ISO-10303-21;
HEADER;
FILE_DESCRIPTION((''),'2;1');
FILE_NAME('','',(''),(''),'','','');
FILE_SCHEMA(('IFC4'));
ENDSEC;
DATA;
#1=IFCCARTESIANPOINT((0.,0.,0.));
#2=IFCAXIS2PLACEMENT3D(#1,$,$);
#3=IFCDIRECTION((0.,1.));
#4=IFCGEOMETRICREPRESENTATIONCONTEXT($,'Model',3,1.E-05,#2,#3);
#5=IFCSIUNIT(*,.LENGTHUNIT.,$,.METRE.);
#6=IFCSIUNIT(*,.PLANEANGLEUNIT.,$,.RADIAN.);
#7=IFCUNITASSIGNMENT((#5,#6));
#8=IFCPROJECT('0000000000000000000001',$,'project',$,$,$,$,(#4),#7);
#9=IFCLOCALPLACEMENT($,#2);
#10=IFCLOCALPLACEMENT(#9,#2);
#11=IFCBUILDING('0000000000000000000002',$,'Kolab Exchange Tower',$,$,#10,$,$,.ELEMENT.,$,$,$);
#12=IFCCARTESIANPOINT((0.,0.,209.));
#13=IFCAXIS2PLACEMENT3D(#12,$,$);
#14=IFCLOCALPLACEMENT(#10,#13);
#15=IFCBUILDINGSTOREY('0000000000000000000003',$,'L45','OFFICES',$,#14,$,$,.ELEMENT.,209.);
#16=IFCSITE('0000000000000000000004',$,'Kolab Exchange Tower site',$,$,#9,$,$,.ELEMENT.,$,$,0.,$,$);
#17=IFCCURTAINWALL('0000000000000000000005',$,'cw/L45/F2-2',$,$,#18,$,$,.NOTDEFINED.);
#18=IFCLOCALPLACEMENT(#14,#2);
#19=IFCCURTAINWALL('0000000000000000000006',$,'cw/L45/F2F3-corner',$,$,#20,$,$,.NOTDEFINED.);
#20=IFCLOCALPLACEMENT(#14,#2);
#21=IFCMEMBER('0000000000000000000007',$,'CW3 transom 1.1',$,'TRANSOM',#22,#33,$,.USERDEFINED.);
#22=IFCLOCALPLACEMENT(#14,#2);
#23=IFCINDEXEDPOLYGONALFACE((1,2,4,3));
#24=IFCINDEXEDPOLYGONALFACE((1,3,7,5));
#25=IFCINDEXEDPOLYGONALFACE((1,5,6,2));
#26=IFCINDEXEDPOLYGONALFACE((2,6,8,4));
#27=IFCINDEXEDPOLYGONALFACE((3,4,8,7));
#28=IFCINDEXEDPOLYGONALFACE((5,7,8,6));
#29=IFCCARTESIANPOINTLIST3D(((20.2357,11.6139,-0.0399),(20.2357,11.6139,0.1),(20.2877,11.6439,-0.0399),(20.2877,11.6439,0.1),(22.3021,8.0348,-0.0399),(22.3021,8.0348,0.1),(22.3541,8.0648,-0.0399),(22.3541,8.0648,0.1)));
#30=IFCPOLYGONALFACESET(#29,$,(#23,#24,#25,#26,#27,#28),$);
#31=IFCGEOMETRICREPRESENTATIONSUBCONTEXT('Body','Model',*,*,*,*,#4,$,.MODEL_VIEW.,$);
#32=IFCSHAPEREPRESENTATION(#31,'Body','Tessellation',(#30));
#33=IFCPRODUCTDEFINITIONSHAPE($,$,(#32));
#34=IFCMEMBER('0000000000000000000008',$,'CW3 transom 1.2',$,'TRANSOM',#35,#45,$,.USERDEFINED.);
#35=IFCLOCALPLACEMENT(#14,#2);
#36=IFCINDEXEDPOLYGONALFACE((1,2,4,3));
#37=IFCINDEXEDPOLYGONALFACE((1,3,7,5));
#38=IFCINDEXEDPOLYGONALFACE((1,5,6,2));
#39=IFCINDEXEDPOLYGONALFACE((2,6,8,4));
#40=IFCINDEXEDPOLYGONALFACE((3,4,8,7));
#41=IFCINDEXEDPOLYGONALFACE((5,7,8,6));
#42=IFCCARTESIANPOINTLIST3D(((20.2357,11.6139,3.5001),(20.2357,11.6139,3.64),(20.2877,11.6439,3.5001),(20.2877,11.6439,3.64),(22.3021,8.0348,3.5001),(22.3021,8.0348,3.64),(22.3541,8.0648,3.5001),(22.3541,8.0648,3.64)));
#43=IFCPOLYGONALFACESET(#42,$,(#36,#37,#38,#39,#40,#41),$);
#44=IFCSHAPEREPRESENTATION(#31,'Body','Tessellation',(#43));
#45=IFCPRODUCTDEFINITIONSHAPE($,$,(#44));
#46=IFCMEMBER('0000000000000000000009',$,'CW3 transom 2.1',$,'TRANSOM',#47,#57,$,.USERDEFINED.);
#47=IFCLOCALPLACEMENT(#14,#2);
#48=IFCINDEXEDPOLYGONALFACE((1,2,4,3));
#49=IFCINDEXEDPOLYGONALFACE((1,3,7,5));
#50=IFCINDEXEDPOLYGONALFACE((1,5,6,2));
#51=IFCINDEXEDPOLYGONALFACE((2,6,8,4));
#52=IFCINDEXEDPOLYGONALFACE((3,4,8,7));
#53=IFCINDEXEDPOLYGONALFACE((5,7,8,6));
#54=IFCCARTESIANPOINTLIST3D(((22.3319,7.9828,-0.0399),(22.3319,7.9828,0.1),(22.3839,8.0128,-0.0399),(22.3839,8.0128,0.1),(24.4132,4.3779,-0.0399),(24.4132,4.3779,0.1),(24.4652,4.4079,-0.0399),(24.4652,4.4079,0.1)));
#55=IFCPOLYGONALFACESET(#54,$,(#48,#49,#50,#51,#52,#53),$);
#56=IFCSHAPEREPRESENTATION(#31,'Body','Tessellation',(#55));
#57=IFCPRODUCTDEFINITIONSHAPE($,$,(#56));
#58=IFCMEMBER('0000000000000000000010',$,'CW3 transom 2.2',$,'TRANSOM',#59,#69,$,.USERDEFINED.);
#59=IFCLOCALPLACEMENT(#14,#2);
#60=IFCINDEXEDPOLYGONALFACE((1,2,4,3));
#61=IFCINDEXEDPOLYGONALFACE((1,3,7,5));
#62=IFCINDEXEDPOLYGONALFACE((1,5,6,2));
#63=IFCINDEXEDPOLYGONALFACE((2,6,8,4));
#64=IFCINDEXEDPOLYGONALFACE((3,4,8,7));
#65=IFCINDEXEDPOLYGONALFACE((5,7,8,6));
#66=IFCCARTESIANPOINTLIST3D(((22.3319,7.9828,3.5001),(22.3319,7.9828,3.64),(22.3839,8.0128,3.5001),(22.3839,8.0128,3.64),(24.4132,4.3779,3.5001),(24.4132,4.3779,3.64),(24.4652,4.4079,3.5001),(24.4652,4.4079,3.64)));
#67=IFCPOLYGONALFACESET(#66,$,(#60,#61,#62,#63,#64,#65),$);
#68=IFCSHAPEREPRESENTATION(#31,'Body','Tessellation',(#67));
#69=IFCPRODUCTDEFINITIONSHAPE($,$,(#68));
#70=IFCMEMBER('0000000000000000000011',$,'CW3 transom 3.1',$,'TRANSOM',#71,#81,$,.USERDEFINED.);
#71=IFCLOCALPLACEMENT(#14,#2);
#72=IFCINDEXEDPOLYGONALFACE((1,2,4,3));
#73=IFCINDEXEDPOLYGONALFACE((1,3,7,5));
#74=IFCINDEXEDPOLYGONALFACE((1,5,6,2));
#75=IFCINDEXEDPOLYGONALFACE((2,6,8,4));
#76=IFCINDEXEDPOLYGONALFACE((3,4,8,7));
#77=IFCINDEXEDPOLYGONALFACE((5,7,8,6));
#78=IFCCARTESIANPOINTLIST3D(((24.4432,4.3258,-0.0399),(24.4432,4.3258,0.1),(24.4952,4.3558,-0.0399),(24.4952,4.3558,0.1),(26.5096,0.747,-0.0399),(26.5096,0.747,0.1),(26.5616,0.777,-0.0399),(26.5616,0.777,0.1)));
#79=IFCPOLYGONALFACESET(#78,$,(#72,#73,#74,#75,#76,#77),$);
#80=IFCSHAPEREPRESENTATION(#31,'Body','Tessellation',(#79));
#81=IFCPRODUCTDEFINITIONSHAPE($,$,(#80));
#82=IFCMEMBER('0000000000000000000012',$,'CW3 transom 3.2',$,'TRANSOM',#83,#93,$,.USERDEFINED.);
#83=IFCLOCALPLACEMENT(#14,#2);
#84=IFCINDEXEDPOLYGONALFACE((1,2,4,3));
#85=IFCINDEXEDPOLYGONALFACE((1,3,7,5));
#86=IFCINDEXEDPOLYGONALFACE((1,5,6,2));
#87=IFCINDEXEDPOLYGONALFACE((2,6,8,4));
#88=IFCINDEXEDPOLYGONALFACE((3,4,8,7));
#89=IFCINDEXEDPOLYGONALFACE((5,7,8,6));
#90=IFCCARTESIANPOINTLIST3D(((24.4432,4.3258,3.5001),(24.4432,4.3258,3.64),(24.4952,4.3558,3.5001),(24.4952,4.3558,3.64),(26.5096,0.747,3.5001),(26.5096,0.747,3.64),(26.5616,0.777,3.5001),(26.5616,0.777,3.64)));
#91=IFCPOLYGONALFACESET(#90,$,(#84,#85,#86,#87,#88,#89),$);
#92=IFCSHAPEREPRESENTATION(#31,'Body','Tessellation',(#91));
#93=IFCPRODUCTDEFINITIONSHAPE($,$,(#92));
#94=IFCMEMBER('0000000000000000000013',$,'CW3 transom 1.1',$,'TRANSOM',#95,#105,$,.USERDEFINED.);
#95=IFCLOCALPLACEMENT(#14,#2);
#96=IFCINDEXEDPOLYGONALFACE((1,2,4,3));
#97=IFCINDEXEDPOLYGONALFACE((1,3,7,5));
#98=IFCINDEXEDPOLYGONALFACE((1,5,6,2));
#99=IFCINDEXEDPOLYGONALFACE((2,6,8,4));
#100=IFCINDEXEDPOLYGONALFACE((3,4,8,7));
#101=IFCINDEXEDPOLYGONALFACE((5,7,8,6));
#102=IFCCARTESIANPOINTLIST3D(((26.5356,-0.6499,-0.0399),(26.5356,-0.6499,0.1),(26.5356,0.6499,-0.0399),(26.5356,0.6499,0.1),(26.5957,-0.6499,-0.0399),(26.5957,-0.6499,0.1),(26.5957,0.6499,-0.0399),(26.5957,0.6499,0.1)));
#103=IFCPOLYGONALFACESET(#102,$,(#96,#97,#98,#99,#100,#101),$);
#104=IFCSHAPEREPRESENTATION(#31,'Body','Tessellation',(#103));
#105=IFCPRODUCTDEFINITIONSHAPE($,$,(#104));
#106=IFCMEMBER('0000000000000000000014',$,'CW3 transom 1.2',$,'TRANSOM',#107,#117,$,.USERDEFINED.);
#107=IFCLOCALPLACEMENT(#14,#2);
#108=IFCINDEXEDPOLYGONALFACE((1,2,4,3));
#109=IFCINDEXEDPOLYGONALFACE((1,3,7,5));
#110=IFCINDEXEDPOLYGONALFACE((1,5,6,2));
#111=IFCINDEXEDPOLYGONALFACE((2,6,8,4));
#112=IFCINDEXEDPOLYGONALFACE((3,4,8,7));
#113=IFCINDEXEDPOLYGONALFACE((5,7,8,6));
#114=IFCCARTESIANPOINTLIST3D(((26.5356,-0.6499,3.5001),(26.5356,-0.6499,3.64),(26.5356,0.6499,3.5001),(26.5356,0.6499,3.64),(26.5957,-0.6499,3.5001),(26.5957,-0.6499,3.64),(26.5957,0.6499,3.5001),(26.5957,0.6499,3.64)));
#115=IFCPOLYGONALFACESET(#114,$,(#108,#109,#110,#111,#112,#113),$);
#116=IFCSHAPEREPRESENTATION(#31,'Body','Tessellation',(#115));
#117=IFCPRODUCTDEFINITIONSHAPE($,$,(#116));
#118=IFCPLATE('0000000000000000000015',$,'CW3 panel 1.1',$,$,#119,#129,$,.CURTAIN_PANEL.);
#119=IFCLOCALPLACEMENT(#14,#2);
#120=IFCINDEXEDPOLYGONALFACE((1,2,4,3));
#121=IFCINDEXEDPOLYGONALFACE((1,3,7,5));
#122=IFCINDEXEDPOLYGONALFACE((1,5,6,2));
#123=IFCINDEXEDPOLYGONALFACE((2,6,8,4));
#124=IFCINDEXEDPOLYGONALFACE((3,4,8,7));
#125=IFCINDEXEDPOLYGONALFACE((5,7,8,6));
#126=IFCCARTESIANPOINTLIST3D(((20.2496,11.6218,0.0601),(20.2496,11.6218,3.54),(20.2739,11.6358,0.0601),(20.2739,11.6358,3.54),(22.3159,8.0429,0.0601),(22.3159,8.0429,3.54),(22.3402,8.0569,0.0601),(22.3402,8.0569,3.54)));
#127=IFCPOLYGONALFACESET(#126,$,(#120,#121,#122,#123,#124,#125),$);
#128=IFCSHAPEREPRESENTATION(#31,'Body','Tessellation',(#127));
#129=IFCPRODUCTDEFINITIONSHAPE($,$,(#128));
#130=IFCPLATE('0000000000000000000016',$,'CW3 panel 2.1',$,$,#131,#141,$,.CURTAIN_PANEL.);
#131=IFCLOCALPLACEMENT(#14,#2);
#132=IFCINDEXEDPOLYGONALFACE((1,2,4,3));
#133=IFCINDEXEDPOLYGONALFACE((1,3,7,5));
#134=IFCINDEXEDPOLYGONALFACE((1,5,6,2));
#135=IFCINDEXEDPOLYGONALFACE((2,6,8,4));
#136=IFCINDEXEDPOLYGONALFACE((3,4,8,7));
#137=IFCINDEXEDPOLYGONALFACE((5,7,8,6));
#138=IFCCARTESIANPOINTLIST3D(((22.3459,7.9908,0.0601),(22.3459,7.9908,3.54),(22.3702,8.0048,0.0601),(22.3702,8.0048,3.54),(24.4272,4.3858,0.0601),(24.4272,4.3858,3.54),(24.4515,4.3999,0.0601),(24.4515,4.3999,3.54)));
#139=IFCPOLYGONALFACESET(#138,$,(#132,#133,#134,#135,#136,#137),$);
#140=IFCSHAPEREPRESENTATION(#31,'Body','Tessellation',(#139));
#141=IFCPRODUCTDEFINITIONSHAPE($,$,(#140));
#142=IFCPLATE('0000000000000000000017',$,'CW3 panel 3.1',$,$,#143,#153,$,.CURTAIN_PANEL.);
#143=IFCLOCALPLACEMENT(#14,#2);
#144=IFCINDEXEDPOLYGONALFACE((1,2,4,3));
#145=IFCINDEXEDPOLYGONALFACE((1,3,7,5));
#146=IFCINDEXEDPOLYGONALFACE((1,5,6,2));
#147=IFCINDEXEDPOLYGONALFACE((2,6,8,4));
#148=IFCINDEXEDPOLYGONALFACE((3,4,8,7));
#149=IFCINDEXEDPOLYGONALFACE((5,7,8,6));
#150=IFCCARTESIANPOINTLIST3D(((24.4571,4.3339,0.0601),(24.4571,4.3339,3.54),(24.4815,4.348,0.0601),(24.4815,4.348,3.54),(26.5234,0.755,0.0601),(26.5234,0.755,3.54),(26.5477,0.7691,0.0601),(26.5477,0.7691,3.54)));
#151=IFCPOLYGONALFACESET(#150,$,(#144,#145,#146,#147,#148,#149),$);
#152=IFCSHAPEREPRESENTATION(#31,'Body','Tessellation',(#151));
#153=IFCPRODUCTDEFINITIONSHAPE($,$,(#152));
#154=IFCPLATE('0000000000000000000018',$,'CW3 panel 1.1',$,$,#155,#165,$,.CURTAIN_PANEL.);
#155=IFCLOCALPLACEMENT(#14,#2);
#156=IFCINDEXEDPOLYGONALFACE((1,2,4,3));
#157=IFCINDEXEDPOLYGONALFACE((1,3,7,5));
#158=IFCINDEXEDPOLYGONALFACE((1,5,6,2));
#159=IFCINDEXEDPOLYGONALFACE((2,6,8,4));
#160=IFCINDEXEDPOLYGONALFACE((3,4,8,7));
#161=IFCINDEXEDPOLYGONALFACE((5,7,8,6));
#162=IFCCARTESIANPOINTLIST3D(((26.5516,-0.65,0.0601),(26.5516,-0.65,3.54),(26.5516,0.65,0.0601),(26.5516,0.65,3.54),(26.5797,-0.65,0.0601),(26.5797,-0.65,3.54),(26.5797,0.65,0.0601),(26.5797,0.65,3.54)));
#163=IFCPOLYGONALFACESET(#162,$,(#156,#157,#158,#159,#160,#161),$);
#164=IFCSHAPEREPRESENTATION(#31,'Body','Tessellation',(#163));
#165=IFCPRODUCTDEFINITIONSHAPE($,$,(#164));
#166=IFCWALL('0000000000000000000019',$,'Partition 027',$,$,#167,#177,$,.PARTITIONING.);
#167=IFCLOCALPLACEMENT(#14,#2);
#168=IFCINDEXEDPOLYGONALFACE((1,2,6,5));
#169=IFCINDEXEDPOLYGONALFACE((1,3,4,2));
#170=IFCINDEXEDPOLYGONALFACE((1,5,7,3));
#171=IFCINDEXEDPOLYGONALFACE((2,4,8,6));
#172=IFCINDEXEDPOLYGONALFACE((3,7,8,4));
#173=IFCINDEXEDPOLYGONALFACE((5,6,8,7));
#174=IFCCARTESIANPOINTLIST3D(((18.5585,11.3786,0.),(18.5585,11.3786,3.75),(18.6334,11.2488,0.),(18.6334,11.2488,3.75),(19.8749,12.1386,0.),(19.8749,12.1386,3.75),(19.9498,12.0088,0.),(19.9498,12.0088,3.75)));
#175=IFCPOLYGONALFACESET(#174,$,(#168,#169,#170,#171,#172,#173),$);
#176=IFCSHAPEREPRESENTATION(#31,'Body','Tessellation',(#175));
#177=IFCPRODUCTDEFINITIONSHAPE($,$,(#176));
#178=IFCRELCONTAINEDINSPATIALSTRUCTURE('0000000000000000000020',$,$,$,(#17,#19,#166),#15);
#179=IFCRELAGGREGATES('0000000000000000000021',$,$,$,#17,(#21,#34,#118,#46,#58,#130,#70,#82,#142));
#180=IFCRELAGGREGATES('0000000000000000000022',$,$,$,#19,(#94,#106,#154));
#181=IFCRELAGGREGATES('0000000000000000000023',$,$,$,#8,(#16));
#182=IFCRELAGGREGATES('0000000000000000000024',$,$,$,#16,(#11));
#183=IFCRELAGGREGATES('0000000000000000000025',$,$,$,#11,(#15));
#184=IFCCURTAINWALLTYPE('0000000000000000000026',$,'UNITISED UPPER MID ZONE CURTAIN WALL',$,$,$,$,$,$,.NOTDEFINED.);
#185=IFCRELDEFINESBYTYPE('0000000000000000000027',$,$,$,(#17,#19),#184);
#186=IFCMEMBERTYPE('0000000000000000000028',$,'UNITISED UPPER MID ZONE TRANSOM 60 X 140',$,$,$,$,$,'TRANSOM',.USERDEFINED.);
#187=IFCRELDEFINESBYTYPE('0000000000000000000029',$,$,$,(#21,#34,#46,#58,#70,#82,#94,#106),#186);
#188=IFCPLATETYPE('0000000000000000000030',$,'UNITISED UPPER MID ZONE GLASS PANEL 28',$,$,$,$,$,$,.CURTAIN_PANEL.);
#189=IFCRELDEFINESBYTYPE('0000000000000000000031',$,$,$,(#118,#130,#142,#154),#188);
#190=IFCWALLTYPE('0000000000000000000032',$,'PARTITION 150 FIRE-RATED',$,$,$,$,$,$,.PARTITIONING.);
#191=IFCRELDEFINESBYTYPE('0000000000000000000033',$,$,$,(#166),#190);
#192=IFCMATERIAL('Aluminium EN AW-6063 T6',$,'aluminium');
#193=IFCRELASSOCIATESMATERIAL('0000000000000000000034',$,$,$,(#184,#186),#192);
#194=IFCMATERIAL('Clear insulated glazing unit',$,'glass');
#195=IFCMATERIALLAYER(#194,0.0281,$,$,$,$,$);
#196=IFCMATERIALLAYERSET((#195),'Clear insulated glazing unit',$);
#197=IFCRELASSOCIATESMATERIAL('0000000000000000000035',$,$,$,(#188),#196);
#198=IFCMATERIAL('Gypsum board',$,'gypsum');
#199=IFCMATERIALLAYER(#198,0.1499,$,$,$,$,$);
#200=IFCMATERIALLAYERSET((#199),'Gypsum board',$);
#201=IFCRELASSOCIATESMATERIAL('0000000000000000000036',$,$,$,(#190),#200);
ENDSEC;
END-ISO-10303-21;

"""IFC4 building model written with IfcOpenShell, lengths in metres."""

from ifc_helpers import new_model, si_unit, direction, frame, frame_2d, origin, origin_2d, place, context, subcontext, project, spatial, rectangle, extrude, material, layer, layer_set, material_profile, profile_set, type_object, element, aggregate, save


model = new_model("IFC4")

# Units and contexts
model_context = context("Model", 3, precision=1e-05, world=origin(), true_north=direction((0.0, 1.0)))
body_context = subcontext(model_context, "Body", "Model", "MODEL_VIEW")
ifc_project = project(units=[si_unit("LENGTHUNIT", "METRE"), si_unit("PLANEANGLEUNIT", "RADIAN")], contexts=[model_context])

# Site, building, storey
site_placement = place(None, origin())
site = spatial("IfcSite", under=ifc_project, at=site_placement, Name="Kolab Exchange Tower site", CompositionType="ELEMENT", RefElevation=0.0)
building_placement = place(site_placement, origin())
building = spatial("IfcBuilding", under=site, at=building_placement, Name="Kolab Exchange Tower", CompositionType="ELEMENT")
storey_placement = place(building_placement, frame((0.0, 0.0, 209.0)))
storey = spatial("IfcBuildingStorey", under=building, at=storey_placement, Name="L45", Description="OFFICES", CompositionType="ELEMENT", Elevation=209.0)

# Curtain wall
ifc_material_1 = material(Name="Aluminium EN AW-6063 T6", Category="aluminium")
curtain_wall_type = type_object("IfcCurtainWallType", Name="UNITISED UPPER MID ZONE CURTAIN WALL", PredefinedType="NOTDEFINED", material=ifc_material_1)
curtain_wall_1_placement = place(storey_placement, origin())
curtain_wall_1 = element("IfcCurtainWall", 1, at=curtain_wall_1_placement, inside=storey, type_object=curtain_wall_type, Name="cw/L45/F2-2", PredefinedType="NOTDEFINED")

# Curtain wall
curtain_wall_2_placement = place(storey_placement, origin())
curtain_wall_2 = element("IfcCurtainWall", 2, at=curtain_wall_2_placement, inside=storey, type_object=curtain_wall_type, Name="cw/L45/F2F3-corner", PredefinedType="NOTDEFINED")

# Members
ifc_material_profile_1 = material_profile(ifc_material_1, rectangle(XDim=0.0601, YDim=0.1399, at=origin_2d()), Name="RECT 60X140")
ifc_profile_set_1 = profile_set([ifc_material_profile_1], Name="Aluminium EN AW-6063 T6")
member_type_1 = type_object("IfcMemberType", Name="UNITISED UPPER MID ZONE TRANSOM 60 X 140", ElementType="TRANSOM", PredefinedType="USERDEFINED", material=ifc_profile_set_1)
member_1_placement = place(storey_placement, frame((20.2617, 11.6289, 0.03), z_axis=(0.500002, -0.866024, 0.0), x_axis=(0.866024, 0.500002, 0.0)))
member_1 = element("IfcMember", 3, at=member_1_placement, type_object=member_type_1, Name="CW3 transom 1.1", ObjectType="TRANSOM", PredefinedType="USERDEFINED", context=body_context, shape_type="SweptSolid", body=[
    extrude(rectangle(XDim=0.0601, YDim=0.1399, at=origin_2d()), origin(), (0.0, 0.0, 1.0), 4.1328),
])
member_2_placement = place(storey_placement, frame((20.2617, 11.6289, 3.5701), z_axis=(0.500002, -0.866024, 0.0), x_axis=(0.866024, 0.500002, 0.0)))
member_2 = element("IfcMember", 4, at=member_2_placement, type_object=member_type_1, Name="CW3 transom 1.2", ObjectType="TRANSOM", PredefinedType="USERDEFINED", context=body_context, shape_type="SweptSolid", body=[
    extrude(rectangle(XDim=0.0601, YDim=0.1399, at=origin_2d()), origin(), (0.0, 0.0, 1.0), 4.1328),
])
member_3_placement = place(storey_placement, frame((22.3579, 7.9978, 0.03), z_axis=(0.499993, -0.866029, 0.0), x_axis=(0.866029, 0.499993, 0.0)))
member_3 = element("IfcMember", 5, at=member_3_placement, type_object=member_type_1, Name="CW3 transom 2.1", ObjectType="TRANSOM", PredefinedType="USERDEFINED", context=body_context, shape_type="SweptSolid", body=[
    extrude(rectangle(XDim=0.0601, YDim=0.1399, at=origin_2d()), origin(), (0.0, 0.0, 1.0), 4.1626),
])
member_4_placement = place(storey_placement, frame((22.3579, 7.9978, 3.5701), z_axis=(0.499993, -0.866029, 0.0), x_axis=(0.866029, 0.499993, 0.0)))
member_4 = element("IfcMember", 6, at=member_4_placement, type_object=member_type_1, Name="CW3 transom 2.2", ObjectType="TRANSOM", PredefinedType="USERDEFINED", context=body_context, shape_type="SweptSolid", body=[
    extrude(rectangle(XDim=0.0601, YDim=0.1399, at=origin_2d()), origin(), (0.0, 0.0, 1.0), 4.1626),
])
member_5_placement = place(storey_placement, frame((24.4692, 4.3408, 0.03), z_axis=(0.500028, -0.866009, 0.0), x_axis=(0.866009, 0.500028, 0.0)))
member_5 = element("IfcMember", 7, at=member_5_placement, type_object=member_type_1, Name="CW3 transom 3.1", ObjectType="TRANSOM", PredefinedType="USERDEFINED", context=body_context, shape_type="SweptSolid", body=[
    extrude(rectangle(XDim=0.0601, YDim=0.1399, at=origin_2d()), origin(), (0.0, 0.0, 1.0), 4.1326),
])
member_6_placement = place(storey_placement, frame((24.4692, 4.3408, 3.5701), z_axis=(0.500028, -0.866009, 0.0), x_axis=(0.866009, 0.500028, 0.0)))
member_6 = element("IfcMember", 8, at=member_6_placement, type_object=member_type_1, Name="CW3 transom 3.2", ObjectType="TRANSOM", PredefinedType="USERDEFINED", context=body_context, shape_type="SweptSolid", body=[
    extrude(rectangle(XDim=0.0601, YDim=0.1399, at=origin_2d()), origin(), (0.0, 0.0, 1.0), 4.1326),
])
member_7_placement = place(storey_placement, frame((26.5657, 0.6499, 0.03), z_axis=(0.0, -1.0, 0.0), x_axis=(1.0, 0.0, 0.0)))
member_7 = element("IfcMember", 9, at=member_7_placement, type_object=member_type_1, Name="CW3 transom 1.1", ObjectType="TRANSOM", PredefinedType="USERDEFINED", context=body_context, shape_type="SweptSolid", body=[
    extrude(rectangle(XDim=0.0601, YDim=0.1399, at=origin_2d()), origin(), (0.0, 0.0, 1.0), 1.2998),
])
member_8_placement = place(storey_placement, frame((26.5657, 0.6499, 3.5701), z_axis=(0.0, -1.0, 0.0), x_axis=(1.0, 0.0, 0.0)))
member_8 = element("IfcMember", 10, at=member_8_placement, type_object=member_type_1, Name="CW3 transom 1.2", ObjectType="TRANSOM", PredefinedType="USERDEFINED", context=body_context, shape_type="SweptSolid", body=[
    extrude(rectangle(XDim=0.0601, YDim=0.1399, at=origin_2d()), origin(), (0.0, 0.0, 1.0), 1.2998),
])

# Plates
ifc_material_2 = material(Name="Clear insulated glazing unit", Category="glass")
ifc_layer_1 = layer(ifc_material_2, 0.0281)
ifc_layer_set_1 = layer_set([ifc_layer_1], Name="Clear insulated glazing unit")
plate_type = type_object("IfcPlateType", Name="UNITISED UPPER MID ZONE GLASS PANEL 28", PredefinedType="CURTAIN_PANEL", material=ifc_layer_set_1)
plate_1_placement = place(storey_placement, frame((21.2949, 9.8394, 0.0601), z_axis=(0.0, 0.0, 1.0), x_axis=(0.5, -0.866025, 0.0)))
plate_1 = element("IfcPlate", 11, at=plate_1_placement, type_object=plate_type, Name="CW3 panel 1.1", PredefinedType="CURTAIN_PANEL", context=body_context, shape_type="SweptSolid", body=[
    extrude(rectangle(XDim=4.1326, YDim=0.0281, at=origin_2d()), origin(), (0.0, 0.0, 1.0), 3.48),
])
plate_2_placement = place(storey_placement, frame((23.3987, 6.1953, 0.0601), z_axis=(0.0, 0.0, 1.0), x_axis=(0.5, -0.866025, 0.0)))
plate_2 = element("IfcPlate", 12, at=plate_2_placement, type_object=plate_type, Name="CW3 panel 2.1", PredefinedType="CURTAIN_PANEL", context=body_context, shape_type="SweptSolid", body=[
    extrude(rectangle(XDim=4.1626, YDim=0.0281, at=origin_2d()), origin(), (0.0, 0.0, 1.0), 3.48),
])
plate_3_placement = place(storey_placement, frame((25.5024, 2.5515, 0.0601), z_axis=(0.0, 0.0, 1.0), x_axis=(0.5, -0.866025, 0.0)))
plate_3 = element("IfcPlate", 13, at=plate_3_placement, type_object=plate_type, Name="CW3 panel 3.1", PredefinedType="CURTAIN_PANEL", context=body_context, shape_type="SweptSolid", body=[
    extrude(rectangle(XDim=4.1326, YDim=0.0281, at=origin_2d()), origin(), (0.0, 0.0, 1.0), 3.48),
])
aggregate(curtain_wall_1, [member_1, member_2, plate_1, member_3, member_4, plate_2, member_5, member_6, plate_3])
plate_4_placement = place(storey_placement, frame((26.5657, 0.0, 0.0601), z_axis=(0.0, 0.0, 1.0), x_axis=(0.0, -1.0, 0.0)))
plate_4 = element("IfcPlate", 14, at=plate_4_placement, type_object=plate_type, Name="CW3 panel 1.1", PredefinedType="CURTAIN_PANEL", context=body_context, shape_type="SweptSolid", body=[
    extrude(rectangle(XDim=1.3, YDim=0.0281, at=origin_2d()), origin(), (0.0, 0.0, 1.0), 3.48),
])
aggregate(curtain_wall_2, [member_7, member_8, plate_4])

# Wall
ifc_material_3 = material(Name="Gypsum board", Category="gypsum")
ifc_layer_2 = layer(ifc_material_3, 0.1499)
ifc_layer_set_2 = layer_set([ifc_layer_2], Name="Gypsum board")
wall_type = type_object("IfcWallType", Name="PARTITION 150 FIRE-RATED", PredefinedType="PARTITIONING", material=ifc_layer_set_2)
wall_placement = place(storey_placement, frame((18.5959, 11.3137, 0.0), z_axis=(0.0, 0.0, 1.0), x_axis=(0.86603, 0.499991, 0.0)))
element("IfcWall", 15, at=wall_placement, inside=storey, type_object=wall_type, Name="Partition 027", PredefinedType="PARTITIONING", context=body_context, shape_type="SweptSolid", body=[
    extrude(rectangle(XDim=1.52, YDim=0.1499, at=frame_2d((0.76, 0.0))), origin(), (0.0, 0.0, 1.0), 3.75),
])

save(model, "model.ifc")
